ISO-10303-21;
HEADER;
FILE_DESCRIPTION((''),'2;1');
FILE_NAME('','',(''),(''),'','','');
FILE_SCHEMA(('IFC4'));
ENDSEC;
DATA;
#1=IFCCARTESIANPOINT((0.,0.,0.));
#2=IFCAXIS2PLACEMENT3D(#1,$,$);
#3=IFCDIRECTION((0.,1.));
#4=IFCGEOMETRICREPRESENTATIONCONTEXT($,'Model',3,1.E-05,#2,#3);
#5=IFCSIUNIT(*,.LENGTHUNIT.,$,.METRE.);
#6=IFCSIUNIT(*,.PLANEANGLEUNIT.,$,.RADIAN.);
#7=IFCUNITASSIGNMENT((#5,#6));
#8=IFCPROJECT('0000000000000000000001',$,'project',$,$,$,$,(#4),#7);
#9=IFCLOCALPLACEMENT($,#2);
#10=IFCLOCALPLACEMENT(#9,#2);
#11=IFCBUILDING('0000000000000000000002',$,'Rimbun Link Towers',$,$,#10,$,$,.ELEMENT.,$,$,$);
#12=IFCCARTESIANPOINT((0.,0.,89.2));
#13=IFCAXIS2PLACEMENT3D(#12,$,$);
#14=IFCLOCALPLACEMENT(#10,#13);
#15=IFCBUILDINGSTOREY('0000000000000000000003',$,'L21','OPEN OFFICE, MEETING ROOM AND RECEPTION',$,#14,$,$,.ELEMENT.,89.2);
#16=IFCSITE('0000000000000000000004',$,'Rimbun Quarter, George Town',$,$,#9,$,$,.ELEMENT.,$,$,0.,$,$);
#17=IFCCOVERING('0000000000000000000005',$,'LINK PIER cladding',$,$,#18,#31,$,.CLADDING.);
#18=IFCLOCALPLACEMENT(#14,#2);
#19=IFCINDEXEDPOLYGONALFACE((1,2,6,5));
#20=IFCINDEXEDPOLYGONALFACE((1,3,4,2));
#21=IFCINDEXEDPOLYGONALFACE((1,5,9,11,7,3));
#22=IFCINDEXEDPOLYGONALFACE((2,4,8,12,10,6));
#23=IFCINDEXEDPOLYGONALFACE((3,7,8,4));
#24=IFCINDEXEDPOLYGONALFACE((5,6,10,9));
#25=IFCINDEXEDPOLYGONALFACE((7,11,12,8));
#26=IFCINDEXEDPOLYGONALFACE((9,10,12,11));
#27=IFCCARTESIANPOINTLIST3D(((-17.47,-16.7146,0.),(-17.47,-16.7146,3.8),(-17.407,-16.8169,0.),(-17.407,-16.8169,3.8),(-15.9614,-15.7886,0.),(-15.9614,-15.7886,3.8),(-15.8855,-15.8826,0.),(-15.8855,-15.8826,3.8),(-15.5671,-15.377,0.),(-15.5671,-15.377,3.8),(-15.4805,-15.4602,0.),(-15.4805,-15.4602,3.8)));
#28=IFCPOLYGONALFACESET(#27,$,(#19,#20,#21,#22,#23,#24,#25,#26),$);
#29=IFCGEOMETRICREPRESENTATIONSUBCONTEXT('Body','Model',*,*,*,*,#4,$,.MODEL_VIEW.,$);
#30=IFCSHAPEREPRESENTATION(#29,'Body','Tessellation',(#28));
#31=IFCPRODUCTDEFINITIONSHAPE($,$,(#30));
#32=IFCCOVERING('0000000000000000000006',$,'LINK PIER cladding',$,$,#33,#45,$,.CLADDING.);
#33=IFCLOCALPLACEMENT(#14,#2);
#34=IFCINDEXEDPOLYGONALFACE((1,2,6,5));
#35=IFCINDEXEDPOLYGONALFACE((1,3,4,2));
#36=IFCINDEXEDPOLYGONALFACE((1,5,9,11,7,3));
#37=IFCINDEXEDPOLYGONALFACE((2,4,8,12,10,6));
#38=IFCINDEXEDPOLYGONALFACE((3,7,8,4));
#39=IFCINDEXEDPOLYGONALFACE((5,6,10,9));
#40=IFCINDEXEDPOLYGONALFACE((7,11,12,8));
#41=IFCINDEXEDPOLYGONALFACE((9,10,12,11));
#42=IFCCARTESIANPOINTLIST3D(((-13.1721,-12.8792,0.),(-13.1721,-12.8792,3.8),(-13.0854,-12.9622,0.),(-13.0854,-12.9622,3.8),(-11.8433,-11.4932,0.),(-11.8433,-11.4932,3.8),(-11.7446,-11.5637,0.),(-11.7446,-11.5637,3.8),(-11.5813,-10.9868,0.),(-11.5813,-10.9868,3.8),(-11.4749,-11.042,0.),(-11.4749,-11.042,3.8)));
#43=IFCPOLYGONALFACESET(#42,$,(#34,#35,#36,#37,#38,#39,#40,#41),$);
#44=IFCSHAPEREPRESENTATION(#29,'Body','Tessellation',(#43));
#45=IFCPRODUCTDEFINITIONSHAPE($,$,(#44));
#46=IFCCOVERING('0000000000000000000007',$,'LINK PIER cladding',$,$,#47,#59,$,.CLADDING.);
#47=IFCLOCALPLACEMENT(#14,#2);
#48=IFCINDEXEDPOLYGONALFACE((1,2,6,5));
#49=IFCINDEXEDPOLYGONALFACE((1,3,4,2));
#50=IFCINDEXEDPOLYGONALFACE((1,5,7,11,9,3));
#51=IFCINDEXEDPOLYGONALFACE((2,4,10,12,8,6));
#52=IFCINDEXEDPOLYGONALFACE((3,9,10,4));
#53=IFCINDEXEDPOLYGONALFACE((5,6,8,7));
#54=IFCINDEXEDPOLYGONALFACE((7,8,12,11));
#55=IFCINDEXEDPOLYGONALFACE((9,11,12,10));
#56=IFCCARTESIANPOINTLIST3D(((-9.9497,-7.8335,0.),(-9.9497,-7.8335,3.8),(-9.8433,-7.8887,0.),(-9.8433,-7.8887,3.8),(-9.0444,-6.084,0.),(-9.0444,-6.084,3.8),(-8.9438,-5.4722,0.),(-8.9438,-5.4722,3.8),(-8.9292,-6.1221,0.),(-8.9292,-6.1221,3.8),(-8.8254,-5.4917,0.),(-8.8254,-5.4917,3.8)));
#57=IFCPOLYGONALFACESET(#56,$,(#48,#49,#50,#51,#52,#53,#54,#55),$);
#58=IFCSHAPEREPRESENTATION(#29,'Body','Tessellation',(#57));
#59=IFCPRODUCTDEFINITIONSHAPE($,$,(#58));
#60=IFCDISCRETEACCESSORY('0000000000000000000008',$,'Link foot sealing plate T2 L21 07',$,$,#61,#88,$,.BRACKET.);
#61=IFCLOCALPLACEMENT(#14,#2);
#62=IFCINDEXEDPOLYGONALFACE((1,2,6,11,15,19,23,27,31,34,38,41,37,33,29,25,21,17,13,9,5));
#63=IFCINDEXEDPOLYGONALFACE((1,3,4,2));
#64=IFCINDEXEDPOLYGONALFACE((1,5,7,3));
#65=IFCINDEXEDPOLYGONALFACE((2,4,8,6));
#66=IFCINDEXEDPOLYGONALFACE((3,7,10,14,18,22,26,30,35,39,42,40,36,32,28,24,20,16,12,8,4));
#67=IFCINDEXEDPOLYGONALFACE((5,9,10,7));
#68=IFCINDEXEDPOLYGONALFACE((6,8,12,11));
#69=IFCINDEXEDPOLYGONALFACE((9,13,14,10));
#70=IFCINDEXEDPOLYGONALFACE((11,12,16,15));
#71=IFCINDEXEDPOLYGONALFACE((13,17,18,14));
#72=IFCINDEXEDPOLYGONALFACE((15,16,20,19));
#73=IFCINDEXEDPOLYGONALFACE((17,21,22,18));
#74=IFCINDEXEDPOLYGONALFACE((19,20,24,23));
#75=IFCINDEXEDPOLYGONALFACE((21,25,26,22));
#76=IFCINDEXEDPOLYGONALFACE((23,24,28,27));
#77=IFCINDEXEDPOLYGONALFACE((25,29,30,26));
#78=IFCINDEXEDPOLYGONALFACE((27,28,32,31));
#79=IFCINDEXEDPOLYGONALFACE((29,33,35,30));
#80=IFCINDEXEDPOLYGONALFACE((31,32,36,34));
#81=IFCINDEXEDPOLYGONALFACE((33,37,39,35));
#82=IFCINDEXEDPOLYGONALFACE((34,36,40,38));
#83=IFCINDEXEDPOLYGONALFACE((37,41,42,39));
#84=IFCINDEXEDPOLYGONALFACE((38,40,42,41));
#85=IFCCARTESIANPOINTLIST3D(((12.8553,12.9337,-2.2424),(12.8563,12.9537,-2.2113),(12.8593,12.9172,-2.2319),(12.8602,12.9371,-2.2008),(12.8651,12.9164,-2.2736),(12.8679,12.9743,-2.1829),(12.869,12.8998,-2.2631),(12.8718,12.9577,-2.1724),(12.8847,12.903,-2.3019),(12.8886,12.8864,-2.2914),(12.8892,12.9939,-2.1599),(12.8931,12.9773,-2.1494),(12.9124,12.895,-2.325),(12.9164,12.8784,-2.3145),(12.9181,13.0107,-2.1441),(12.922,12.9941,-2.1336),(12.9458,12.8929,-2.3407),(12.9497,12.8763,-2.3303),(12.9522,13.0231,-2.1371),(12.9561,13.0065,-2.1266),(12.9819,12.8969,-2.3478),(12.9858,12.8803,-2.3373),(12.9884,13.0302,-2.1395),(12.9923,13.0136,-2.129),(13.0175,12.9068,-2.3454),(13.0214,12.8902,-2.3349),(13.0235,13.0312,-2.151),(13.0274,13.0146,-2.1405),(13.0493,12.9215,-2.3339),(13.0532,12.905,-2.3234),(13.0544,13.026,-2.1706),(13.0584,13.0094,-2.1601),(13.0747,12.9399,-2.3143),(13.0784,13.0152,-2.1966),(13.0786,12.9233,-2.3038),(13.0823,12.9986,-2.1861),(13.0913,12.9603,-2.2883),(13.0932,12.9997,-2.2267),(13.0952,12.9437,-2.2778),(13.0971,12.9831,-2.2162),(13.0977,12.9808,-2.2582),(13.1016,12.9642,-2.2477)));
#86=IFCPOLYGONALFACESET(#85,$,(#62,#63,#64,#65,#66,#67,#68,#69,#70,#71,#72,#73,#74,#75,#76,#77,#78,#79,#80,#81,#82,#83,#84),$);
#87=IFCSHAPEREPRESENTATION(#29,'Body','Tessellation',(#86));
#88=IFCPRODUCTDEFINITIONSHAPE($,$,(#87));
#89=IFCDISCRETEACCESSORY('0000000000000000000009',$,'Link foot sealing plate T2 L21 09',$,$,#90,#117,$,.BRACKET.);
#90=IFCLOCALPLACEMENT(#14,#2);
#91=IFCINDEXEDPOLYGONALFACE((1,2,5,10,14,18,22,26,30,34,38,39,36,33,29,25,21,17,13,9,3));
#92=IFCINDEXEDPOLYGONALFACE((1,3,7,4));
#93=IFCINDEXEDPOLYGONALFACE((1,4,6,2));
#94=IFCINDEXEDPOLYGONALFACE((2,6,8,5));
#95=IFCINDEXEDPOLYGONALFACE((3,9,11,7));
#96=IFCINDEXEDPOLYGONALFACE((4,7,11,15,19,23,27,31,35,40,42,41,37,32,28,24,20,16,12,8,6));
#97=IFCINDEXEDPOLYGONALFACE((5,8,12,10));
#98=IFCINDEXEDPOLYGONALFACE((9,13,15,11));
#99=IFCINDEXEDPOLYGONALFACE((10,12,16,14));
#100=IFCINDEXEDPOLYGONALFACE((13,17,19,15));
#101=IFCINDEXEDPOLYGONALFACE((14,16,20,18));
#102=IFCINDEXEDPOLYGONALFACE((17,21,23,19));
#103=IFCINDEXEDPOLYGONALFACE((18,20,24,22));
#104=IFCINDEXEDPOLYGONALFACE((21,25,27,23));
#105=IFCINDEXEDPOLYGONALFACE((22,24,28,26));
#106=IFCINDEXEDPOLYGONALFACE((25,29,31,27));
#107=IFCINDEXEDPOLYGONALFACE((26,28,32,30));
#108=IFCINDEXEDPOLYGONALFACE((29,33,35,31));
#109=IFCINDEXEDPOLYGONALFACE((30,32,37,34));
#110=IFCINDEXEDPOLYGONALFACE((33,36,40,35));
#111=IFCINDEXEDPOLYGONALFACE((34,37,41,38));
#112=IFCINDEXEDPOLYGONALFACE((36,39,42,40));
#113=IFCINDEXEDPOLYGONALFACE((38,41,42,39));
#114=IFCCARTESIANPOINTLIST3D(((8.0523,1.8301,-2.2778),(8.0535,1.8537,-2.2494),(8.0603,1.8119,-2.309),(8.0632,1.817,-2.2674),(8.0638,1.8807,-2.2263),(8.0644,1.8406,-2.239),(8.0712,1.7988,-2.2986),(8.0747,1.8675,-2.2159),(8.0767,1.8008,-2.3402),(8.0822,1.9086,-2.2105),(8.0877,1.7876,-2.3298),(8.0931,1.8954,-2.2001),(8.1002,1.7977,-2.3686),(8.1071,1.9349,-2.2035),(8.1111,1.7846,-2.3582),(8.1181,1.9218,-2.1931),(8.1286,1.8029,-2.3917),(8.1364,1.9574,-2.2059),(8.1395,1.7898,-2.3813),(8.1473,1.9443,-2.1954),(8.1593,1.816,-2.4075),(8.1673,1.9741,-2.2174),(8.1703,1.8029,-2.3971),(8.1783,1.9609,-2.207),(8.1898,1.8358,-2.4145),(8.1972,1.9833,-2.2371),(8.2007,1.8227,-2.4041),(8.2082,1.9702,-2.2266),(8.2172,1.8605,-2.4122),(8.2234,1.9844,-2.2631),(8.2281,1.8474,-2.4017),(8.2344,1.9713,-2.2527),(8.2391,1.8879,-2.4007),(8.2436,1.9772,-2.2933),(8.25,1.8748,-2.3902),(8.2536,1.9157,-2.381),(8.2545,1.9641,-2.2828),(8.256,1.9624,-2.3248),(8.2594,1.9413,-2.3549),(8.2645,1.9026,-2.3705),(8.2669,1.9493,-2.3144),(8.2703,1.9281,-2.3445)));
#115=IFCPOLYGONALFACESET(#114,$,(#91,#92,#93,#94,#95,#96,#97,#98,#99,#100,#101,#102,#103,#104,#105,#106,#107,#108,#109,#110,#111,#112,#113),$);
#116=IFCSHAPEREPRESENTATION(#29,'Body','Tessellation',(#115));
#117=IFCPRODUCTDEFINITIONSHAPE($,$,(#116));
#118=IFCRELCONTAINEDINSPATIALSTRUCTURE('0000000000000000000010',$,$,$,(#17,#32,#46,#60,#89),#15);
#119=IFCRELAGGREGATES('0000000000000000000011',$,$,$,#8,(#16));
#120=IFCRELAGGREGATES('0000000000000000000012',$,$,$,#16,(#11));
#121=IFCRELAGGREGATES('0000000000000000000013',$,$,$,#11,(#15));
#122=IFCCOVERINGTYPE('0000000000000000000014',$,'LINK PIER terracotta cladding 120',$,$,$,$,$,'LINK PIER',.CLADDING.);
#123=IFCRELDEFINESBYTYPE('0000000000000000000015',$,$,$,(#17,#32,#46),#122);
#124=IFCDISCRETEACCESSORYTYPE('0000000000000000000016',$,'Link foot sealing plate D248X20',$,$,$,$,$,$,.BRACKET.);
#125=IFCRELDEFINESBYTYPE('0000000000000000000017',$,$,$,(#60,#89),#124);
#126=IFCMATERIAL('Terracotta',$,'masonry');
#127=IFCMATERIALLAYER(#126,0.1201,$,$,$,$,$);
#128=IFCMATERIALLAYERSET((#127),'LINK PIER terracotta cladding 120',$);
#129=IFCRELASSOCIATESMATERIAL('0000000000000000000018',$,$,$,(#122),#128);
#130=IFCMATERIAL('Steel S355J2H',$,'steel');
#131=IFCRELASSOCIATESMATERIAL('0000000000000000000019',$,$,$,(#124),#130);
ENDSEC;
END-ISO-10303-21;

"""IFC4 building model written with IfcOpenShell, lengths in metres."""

from ifc_helpers import new_model, si_unit, direction, frame, origin, origin_2d, place, context, subcontext, project, spatial, polyline, circle, outline, extrude, material, layer, layer_set, material_profile, profile_set, type_object, element, save


model = new_model("IFC4")

# Units and contexts
model_context = context("Model", 3, precision=1e-05, world=origin(), true_north=direction((0.0, 1.0)))
body_context = subcontext(model_context, "Body", "Model", "MODEL_VIEW")
ifc_project = project(units=[si_unit("LENGTHUNIT", "METRE"), si_unit("PLANEANGLEUNIT", "RADIAN")], contexts=[model_context])

# Site, building, storey
site_placement = place(None, origin())
site = spatial("IfcSite", under=ifc_project, at=site_placement, Name="Rimbun Quarter, George Town", CompositionType="ELEMENT", RefElevation=0.0)
building_placement = place(site_placement, origin())
building = spatial("IfcBuilding", under=site, at=building_placement, Name="Rimbun Link Towers", CompositionType="ELEMENT")
storey_placement = place(building_placement, frame((0.0, 0.0, 89.2)))
storey = spatial("IfcBuildingStorey", under=building, at=storey_placement, Name="L21", Description="OPEN OFFICE, MEETING ROOM AND RECEPTION", CompositionType="ELEMENT", Elevation=89.2)

# Coverings
ifc_material_1 = material(Name="Terracotta", Category="masonry")
ifc_layer_1 = layer(ifc_material_1, 0.1201)
ifc_layer_set_1 = layer_set([ifc_layer_1], Name="LINK PIER terracotta cladding 120")
covering_type_1 = type_object("IfcCoveringType", Name="LINK PIER terracotta cladding 120", ElementType="LINK PIER", PredefinedType="CLADDING", material=ifc_layer_set_1)
covering_1_placement = place(storey_placement, origin())
element("IfcCovering", 1, at=covering_1_placement, inside=storey, type_object=covering_type_1, Name="LINK PIER cladding", PredefinedType="CLADDING", context=body_context, shape_type="SweptSolid", body=[
    extrude(outline(polyline([(-15.5671, -15.377), (-15.9614, -15.7886), (-17.47, -16.7146), (-17.407, -16.8169), (-15.8855, -15.8826), (-15.4805, -15.4602), (-15.5671, -15.377)])), origin(), (0.0, 0.0, 1.0), 3.8),
])
covering_2_placement = place(storey_placement, origin())
element("IfcCovering", 2, at=covering_2_placement, inside=storey, type_object=covering_type_1, Name="LINK PIER cladding", PredefinedType="CLADDING", context=body_context, shape_type="SweptSolid", body=[
    extrude(outline(polyline([(-11.5813, -10.9868), (-11.8433, -11.4932), (-13.1721, -12.8792), (-13.0854, -12.9622), (-11.7446, -11.5637), (-11.4749, -11.042), (-11.5813, -10.9868)])), origin(), (0.0, 0.0, 1.0), 3.8),
])
covering_3_placement = place(storey_placement, origin())
element("IfcCovering", 3, at=covering_3_placement, inside=storey, type_object=covering_type_1, Name="LINK PIER cladding", PredefinedType="CLADDING", context=body_context, shape_type="SweptSolid", body=[
    extrude(outline(polyline([(-8.9438, -5.4722), (-9.0444, -6.084), (-9.9497, -7.8335), (-9.8433, -7.8887), (-8.9292, -6.1221), (-8.8254, -5.4917), (-8.9438, -5.4722)])), origin(), (0.0, 0.0, 1.0), 3.8),
])

# Discrete accessories
ifc_material_2 = material(Name="Steel S355J2H", Category="steel")
ifc_material_profile_1 = material_profile(ifc_material_2, circle(Radius=0.124, at=origin_2d()), Name="PL D248")
ifc_profile_set_1 = profile_set([ifc_material_profile_1], Name="Steel S355J2H")
discrete_accessory_type = type_object("IfcDiscreteAccessoryType", Name="Link foot sealing plate D248X20", PredefinedType="BRACKET", material=ifc_profile_set_1)
for number, where, z_axis, x_axis, name in (
    (4, (12.98, 12.9456, -2.2319), (-0.195049, 0.82896, -0.524195), (-0.973417, -0.229039, 0.0), "Link foot sealing plate T2 L21 07"),
    (5, (8.1665, 1.8782, -2.2986), (-0.546107, 0.655328, -0.521835), (-0.768221, -0.640184, 0.0), "Link foot sealing plate T2 L21 09"),
):
    element("IfcDiscreteAccessory", number, at=place(storey_placement, frame(where, z_axis=z_axis, x_axis=x_axis)), inside=storey, type_object=discrete_accessory_type, Name=name, PredefinedType="BRACKET", context=body_context, shape_type="SweptSolid", body=[
        extrude(circle(Radius=0.124, at=origin_2d()), origin(), (0.0, 0.0, 1.0), 0.02),
    ])

save(model, "model.ifc")
